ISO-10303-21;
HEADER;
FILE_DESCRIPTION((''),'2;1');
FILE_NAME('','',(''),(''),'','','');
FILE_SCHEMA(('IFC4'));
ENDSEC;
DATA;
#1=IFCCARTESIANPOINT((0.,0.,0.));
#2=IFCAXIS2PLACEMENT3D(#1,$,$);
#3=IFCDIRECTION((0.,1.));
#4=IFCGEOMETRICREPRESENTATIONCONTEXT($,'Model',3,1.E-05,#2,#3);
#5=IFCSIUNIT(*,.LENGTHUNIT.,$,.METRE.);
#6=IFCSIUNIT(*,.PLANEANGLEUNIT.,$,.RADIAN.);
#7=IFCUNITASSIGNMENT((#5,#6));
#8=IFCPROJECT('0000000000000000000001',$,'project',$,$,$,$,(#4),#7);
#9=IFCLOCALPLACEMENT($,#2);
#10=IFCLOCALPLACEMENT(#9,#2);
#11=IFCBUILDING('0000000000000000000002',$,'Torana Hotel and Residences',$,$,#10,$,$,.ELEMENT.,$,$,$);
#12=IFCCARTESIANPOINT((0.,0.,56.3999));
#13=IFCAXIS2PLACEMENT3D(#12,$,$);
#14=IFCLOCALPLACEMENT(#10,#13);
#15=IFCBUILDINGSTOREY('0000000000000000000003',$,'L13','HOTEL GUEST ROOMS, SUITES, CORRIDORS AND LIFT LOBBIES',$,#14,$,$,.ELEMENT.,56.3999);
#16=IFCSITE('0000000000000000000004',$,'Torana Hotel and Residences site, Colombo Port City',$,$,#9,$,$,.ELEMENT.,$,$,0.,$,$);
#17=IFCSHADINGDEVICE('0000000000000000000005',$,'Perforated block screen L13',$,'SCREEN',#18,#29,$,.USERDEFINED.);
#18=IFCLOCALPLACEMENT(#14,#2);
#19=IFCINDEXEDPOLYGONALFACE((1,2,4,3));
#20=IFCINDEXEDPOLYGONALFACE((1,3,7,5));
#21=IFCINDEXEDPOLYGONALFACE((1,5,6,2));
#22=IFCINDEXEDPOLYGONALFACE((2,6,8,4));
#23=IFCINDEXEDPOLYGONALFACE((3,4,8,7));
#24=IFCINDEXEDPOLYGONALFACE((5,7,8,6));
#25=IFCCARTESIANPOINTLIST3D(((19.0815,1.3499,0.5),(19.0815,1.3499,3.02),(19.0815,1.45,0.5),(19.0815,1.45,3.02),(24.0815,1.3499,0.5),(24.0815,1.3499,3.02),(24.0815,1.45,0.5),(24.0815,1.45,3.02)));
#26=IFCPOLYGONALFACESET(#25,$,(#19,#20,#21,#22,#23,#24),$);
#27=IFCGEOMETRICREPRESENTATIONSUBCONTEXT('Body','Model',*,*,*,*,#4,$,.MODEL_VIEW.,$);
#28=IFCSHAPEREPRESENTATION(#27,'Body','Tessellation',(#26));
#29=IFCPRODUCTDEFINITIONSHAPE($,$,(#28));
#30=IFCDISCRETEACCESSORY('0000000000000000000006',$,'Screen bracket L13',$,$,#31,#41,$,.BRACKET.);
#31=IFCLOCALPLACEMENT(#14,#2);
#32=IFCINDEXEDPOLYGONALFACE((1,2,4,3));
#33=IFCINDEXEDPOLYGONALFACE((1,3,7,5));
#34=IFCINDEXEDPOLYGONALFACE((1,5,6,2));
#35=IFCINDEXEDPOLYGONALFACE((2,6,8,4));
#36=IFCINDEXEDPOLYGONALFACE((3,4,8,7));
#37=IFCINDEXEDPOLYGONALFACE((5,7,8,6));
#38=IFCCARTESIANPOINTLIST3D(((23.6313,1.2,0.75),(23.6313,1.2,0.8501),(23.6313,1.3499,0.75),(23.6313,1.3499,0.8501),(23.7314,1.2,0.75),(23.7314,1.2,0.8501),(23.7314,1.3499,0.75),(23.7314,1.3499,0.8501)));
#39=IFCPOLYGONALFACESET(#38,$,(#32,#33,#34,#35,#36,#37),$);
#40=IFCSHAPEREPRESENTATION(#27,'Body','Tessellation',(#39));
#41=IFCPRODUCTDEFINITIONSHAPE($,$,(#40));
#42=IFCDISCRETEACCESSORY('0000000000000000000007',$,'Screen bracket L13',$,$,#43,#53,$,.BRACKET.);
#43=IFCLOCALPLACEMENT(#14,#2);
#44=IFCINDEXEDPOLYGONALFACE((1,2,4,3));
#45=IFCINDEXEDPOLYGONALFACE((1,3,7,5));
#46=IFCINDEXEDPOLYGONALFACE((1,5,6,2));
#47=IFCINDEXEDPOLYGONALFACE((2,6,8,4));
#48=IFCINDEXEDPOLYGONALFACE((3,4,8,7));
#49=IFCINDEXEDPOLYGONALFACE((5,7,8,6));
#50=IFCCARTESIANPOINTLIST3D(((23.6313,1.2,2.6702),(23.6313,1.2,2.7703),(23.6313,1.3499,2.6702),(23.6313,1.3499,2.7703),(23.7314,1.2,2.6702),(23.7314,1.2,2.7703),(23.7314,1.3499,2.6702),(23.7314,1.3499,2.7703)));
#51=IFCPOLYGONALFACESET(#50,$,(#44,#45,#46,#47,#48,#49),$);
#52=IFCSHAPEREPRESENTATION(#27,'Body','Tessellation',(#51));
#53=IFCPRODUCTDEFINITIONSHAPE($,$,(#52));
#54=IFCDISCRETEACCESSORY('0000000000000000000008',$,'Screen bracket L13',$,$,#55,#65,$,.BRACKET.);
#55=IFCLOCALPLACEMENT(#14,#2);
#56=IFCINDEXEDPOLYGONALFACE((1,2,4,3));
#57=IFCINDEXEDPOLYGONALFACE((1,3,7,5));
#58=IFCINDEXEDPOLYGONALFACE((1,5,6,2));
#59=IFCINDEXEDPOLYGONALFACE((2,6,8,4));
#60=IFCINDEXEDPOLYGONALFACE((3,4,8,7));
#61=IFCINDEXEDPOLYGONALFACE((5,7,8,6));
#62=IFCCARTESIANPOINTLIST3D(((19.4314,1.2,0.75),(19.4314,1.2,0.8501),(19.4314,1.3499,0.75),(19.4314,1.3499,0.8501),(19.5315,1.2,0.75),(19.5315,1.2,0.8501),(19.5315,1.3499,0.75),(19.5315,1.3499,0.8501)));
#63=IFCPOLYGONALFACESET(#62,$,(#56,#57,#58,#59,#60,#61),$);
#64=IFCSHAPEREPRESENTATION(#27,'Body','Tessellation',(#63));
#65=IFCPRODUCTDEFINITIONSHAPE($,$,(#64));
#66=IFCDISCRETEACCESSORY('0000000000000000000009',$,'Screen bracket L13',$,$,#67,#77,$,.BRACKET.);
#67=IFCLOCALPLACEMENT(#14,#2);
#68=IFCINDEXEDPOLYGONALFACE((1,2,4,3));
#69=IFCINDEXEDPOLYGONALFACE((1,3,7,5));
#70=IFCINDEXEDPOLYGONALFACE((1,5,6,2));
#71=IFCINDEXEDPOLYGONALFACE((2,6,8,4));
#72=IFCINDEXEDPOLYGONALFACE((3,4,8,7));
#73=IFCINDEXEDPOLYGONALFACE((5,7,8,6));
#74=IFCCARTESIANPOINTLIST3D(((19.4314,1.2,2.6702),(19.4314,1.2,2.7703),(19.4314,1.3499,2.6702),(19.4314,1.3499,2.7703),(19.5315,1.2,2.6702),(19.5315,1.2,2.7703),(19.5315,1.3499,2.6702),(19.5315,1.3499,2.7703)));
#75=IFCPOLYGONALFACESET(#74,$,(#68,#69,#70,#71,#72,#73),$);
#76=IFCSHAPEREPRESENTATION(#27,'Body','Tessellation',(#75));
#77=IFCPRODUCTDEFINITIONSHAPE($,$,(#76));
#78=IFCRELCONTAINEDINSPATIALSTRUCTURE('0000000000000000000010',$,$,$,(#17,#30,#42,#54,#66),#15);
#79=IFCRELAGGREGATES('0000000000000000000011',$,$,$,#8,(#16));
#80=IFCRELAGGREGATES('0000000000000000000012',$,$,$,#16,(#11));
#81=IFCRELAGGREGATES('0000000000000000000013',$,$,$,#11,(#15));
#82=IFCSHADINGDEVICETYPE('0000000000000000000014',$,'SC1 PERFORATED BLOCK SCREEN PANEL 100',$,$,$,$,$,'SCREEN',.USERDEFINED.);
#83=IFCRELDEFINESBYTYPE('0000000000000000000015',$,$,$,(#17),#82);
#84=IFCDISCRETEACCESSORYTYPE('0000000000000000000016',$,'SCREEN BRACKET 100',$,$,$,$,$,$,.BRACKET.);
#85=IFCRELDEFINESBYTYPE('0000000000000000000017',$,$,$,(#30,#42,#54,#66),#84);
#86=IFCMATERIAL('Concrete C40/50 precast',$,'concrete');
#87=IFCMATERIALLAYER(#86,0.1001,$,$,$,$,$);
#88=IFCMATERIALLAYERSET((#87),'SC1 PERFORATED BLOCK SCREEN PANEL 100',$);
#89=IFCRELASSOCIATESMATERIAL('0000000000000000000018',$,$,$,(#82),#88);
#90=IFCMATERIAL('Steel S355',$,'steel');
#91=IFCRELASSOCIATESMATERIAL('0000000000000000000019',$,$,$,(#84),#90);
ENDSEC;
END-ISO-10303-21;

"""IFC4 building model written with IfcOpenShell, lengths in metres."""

from ifc_helpers import new_model, si_unit, direction, frame, origin, origin_2d, place, context, subcontext, project, spatial, rectangle, extrude, material, layer, layer_set, type_object, element, save


model = new_model("IFC4")

# Units and contexts
model_context = context("Model", 3, precision=1e-05, world=origin(), true_north=direction((0.0, 1.0)))
body_context = subcontext(model_context, "Body", "Model", "MODEL_VIEW")
ifc_project = project(units=[si_unit("LENGTHUNIT", "METRE"), si_unit("PLANEANGLEUNIT", "RADIAN")], contexts=[model_context])

# Site, building, storey
site_placement = place(None, origin())
site = spatial("IfcSite", under=ifc_project, at=site_placement, Name="Torana Hotel and Residences site, Colombo Port City", CompositionType="ELEMENT", RefElevation=0.0)
building_placement = place(site_placement, origin())
building = spatial("IfcBuilding", under=site, at=building_placement, Name="Torana Hotel and Residences", CompositionType="ELEMENT")
storey_placement = place(building_placement, frame((0.0, 0.0, 56.3999)))
storey = spatial("IfcBuildingStorey", under=building, at=storey_placement, Name="L13", Description="HOTEL GUEST ROOMS, SUITES, CORRIDORS AND LIFT LOBBIES", CompositionType="ELEMENT", Elevation=56.3999)

# Shading device
ifc_material_1 = material(Name="Concrete C40/50 precast", Category="concrete")
ifc_layer_1 = layer(ifc_material_1, 0.1001)
ifc_layer_set_1 = layer_set([ifc_layer_1], Name="SC1 PERFORATED BLOCK SCREEN PANEL 100")
shading_device_type = type_object("IfcShadingDeviceType", Name="SC1 PERFORATED BLOCK SCREEN PANEL 100", ElementType="SCREEN", PredefinedType="USERDEFINED", material=ifc_layer_set_1)
shading_device_placement = place(storey_placement, frame((21.5815, 1.3999, 0.5), z_axis=(0.0, 0.0, 1.0), x_axis=(-1.0, 0.0, 0.0)))
element("IfcShadingDevice", 1, at=shading_device_placement, inside=storey, type_object=shading_device_type, Name="Perforated block screen L13", ObjectType="SCREEN", PredefinedType="USERDEFINED", context=body_context, shape_type="SweptSolid", body=[
    extrude(rectangle(XDim=5.0, YDim=0.1001, at=origin_2d()), origin(), (0.0, 0.0, 1.0), 2.52),
])

# Discrete accessories
ifc_material_2 = material(Name="Steel S355", Category="steel")
discrete_accessory_type = type_object("IfcDiscreteAccessoryType", Name="SCREEN BRACKET 100", PredefinedType="BRACKET", material=ifc_material_2)
for number, where, z_axis, x_axis, name in (
    (2, (23.6814, 1.2749, 0.75), (0.0, 0.0, 1.0), (-1.0, 0.0, 0.0), "Screen bracket L13"),
    (3, (23.6814, 1.2749, 2.6702), (0.0, 0.0, 1.0), (-1.0, 0.0, 0.0), "Screen bracket L13"),
    (4, (19.4814, 1.2749, 0.75), (0.0, 0.0, 1.0), (-1.0, 0.0, 0.0), "Screen bracket L13"),
    (5, (19.4814, 1.2749, 2.6702), (0.0, 0.0, 1.0), (-1.0, 0.0, 0.0), "Screen bracket L13"),
):
    element("IfcDiscreteAccessory", number, at=place(storey_placement, frame(where, z_axis=z_axis, x_axis=x_axis)), inside=storey, type_object=discrete_accessory_type, Name=name, PredefinedType="BRACKET", context=body_context, shape_type="SweptSolid", body=[
        extrude(rectangle(XDim=0.1001, YDim=0.1499, at=origin_2d()), origin(), (0.0, 0.0, 1.0), 0.1001),
    ])

save(model, "model.ifc")
